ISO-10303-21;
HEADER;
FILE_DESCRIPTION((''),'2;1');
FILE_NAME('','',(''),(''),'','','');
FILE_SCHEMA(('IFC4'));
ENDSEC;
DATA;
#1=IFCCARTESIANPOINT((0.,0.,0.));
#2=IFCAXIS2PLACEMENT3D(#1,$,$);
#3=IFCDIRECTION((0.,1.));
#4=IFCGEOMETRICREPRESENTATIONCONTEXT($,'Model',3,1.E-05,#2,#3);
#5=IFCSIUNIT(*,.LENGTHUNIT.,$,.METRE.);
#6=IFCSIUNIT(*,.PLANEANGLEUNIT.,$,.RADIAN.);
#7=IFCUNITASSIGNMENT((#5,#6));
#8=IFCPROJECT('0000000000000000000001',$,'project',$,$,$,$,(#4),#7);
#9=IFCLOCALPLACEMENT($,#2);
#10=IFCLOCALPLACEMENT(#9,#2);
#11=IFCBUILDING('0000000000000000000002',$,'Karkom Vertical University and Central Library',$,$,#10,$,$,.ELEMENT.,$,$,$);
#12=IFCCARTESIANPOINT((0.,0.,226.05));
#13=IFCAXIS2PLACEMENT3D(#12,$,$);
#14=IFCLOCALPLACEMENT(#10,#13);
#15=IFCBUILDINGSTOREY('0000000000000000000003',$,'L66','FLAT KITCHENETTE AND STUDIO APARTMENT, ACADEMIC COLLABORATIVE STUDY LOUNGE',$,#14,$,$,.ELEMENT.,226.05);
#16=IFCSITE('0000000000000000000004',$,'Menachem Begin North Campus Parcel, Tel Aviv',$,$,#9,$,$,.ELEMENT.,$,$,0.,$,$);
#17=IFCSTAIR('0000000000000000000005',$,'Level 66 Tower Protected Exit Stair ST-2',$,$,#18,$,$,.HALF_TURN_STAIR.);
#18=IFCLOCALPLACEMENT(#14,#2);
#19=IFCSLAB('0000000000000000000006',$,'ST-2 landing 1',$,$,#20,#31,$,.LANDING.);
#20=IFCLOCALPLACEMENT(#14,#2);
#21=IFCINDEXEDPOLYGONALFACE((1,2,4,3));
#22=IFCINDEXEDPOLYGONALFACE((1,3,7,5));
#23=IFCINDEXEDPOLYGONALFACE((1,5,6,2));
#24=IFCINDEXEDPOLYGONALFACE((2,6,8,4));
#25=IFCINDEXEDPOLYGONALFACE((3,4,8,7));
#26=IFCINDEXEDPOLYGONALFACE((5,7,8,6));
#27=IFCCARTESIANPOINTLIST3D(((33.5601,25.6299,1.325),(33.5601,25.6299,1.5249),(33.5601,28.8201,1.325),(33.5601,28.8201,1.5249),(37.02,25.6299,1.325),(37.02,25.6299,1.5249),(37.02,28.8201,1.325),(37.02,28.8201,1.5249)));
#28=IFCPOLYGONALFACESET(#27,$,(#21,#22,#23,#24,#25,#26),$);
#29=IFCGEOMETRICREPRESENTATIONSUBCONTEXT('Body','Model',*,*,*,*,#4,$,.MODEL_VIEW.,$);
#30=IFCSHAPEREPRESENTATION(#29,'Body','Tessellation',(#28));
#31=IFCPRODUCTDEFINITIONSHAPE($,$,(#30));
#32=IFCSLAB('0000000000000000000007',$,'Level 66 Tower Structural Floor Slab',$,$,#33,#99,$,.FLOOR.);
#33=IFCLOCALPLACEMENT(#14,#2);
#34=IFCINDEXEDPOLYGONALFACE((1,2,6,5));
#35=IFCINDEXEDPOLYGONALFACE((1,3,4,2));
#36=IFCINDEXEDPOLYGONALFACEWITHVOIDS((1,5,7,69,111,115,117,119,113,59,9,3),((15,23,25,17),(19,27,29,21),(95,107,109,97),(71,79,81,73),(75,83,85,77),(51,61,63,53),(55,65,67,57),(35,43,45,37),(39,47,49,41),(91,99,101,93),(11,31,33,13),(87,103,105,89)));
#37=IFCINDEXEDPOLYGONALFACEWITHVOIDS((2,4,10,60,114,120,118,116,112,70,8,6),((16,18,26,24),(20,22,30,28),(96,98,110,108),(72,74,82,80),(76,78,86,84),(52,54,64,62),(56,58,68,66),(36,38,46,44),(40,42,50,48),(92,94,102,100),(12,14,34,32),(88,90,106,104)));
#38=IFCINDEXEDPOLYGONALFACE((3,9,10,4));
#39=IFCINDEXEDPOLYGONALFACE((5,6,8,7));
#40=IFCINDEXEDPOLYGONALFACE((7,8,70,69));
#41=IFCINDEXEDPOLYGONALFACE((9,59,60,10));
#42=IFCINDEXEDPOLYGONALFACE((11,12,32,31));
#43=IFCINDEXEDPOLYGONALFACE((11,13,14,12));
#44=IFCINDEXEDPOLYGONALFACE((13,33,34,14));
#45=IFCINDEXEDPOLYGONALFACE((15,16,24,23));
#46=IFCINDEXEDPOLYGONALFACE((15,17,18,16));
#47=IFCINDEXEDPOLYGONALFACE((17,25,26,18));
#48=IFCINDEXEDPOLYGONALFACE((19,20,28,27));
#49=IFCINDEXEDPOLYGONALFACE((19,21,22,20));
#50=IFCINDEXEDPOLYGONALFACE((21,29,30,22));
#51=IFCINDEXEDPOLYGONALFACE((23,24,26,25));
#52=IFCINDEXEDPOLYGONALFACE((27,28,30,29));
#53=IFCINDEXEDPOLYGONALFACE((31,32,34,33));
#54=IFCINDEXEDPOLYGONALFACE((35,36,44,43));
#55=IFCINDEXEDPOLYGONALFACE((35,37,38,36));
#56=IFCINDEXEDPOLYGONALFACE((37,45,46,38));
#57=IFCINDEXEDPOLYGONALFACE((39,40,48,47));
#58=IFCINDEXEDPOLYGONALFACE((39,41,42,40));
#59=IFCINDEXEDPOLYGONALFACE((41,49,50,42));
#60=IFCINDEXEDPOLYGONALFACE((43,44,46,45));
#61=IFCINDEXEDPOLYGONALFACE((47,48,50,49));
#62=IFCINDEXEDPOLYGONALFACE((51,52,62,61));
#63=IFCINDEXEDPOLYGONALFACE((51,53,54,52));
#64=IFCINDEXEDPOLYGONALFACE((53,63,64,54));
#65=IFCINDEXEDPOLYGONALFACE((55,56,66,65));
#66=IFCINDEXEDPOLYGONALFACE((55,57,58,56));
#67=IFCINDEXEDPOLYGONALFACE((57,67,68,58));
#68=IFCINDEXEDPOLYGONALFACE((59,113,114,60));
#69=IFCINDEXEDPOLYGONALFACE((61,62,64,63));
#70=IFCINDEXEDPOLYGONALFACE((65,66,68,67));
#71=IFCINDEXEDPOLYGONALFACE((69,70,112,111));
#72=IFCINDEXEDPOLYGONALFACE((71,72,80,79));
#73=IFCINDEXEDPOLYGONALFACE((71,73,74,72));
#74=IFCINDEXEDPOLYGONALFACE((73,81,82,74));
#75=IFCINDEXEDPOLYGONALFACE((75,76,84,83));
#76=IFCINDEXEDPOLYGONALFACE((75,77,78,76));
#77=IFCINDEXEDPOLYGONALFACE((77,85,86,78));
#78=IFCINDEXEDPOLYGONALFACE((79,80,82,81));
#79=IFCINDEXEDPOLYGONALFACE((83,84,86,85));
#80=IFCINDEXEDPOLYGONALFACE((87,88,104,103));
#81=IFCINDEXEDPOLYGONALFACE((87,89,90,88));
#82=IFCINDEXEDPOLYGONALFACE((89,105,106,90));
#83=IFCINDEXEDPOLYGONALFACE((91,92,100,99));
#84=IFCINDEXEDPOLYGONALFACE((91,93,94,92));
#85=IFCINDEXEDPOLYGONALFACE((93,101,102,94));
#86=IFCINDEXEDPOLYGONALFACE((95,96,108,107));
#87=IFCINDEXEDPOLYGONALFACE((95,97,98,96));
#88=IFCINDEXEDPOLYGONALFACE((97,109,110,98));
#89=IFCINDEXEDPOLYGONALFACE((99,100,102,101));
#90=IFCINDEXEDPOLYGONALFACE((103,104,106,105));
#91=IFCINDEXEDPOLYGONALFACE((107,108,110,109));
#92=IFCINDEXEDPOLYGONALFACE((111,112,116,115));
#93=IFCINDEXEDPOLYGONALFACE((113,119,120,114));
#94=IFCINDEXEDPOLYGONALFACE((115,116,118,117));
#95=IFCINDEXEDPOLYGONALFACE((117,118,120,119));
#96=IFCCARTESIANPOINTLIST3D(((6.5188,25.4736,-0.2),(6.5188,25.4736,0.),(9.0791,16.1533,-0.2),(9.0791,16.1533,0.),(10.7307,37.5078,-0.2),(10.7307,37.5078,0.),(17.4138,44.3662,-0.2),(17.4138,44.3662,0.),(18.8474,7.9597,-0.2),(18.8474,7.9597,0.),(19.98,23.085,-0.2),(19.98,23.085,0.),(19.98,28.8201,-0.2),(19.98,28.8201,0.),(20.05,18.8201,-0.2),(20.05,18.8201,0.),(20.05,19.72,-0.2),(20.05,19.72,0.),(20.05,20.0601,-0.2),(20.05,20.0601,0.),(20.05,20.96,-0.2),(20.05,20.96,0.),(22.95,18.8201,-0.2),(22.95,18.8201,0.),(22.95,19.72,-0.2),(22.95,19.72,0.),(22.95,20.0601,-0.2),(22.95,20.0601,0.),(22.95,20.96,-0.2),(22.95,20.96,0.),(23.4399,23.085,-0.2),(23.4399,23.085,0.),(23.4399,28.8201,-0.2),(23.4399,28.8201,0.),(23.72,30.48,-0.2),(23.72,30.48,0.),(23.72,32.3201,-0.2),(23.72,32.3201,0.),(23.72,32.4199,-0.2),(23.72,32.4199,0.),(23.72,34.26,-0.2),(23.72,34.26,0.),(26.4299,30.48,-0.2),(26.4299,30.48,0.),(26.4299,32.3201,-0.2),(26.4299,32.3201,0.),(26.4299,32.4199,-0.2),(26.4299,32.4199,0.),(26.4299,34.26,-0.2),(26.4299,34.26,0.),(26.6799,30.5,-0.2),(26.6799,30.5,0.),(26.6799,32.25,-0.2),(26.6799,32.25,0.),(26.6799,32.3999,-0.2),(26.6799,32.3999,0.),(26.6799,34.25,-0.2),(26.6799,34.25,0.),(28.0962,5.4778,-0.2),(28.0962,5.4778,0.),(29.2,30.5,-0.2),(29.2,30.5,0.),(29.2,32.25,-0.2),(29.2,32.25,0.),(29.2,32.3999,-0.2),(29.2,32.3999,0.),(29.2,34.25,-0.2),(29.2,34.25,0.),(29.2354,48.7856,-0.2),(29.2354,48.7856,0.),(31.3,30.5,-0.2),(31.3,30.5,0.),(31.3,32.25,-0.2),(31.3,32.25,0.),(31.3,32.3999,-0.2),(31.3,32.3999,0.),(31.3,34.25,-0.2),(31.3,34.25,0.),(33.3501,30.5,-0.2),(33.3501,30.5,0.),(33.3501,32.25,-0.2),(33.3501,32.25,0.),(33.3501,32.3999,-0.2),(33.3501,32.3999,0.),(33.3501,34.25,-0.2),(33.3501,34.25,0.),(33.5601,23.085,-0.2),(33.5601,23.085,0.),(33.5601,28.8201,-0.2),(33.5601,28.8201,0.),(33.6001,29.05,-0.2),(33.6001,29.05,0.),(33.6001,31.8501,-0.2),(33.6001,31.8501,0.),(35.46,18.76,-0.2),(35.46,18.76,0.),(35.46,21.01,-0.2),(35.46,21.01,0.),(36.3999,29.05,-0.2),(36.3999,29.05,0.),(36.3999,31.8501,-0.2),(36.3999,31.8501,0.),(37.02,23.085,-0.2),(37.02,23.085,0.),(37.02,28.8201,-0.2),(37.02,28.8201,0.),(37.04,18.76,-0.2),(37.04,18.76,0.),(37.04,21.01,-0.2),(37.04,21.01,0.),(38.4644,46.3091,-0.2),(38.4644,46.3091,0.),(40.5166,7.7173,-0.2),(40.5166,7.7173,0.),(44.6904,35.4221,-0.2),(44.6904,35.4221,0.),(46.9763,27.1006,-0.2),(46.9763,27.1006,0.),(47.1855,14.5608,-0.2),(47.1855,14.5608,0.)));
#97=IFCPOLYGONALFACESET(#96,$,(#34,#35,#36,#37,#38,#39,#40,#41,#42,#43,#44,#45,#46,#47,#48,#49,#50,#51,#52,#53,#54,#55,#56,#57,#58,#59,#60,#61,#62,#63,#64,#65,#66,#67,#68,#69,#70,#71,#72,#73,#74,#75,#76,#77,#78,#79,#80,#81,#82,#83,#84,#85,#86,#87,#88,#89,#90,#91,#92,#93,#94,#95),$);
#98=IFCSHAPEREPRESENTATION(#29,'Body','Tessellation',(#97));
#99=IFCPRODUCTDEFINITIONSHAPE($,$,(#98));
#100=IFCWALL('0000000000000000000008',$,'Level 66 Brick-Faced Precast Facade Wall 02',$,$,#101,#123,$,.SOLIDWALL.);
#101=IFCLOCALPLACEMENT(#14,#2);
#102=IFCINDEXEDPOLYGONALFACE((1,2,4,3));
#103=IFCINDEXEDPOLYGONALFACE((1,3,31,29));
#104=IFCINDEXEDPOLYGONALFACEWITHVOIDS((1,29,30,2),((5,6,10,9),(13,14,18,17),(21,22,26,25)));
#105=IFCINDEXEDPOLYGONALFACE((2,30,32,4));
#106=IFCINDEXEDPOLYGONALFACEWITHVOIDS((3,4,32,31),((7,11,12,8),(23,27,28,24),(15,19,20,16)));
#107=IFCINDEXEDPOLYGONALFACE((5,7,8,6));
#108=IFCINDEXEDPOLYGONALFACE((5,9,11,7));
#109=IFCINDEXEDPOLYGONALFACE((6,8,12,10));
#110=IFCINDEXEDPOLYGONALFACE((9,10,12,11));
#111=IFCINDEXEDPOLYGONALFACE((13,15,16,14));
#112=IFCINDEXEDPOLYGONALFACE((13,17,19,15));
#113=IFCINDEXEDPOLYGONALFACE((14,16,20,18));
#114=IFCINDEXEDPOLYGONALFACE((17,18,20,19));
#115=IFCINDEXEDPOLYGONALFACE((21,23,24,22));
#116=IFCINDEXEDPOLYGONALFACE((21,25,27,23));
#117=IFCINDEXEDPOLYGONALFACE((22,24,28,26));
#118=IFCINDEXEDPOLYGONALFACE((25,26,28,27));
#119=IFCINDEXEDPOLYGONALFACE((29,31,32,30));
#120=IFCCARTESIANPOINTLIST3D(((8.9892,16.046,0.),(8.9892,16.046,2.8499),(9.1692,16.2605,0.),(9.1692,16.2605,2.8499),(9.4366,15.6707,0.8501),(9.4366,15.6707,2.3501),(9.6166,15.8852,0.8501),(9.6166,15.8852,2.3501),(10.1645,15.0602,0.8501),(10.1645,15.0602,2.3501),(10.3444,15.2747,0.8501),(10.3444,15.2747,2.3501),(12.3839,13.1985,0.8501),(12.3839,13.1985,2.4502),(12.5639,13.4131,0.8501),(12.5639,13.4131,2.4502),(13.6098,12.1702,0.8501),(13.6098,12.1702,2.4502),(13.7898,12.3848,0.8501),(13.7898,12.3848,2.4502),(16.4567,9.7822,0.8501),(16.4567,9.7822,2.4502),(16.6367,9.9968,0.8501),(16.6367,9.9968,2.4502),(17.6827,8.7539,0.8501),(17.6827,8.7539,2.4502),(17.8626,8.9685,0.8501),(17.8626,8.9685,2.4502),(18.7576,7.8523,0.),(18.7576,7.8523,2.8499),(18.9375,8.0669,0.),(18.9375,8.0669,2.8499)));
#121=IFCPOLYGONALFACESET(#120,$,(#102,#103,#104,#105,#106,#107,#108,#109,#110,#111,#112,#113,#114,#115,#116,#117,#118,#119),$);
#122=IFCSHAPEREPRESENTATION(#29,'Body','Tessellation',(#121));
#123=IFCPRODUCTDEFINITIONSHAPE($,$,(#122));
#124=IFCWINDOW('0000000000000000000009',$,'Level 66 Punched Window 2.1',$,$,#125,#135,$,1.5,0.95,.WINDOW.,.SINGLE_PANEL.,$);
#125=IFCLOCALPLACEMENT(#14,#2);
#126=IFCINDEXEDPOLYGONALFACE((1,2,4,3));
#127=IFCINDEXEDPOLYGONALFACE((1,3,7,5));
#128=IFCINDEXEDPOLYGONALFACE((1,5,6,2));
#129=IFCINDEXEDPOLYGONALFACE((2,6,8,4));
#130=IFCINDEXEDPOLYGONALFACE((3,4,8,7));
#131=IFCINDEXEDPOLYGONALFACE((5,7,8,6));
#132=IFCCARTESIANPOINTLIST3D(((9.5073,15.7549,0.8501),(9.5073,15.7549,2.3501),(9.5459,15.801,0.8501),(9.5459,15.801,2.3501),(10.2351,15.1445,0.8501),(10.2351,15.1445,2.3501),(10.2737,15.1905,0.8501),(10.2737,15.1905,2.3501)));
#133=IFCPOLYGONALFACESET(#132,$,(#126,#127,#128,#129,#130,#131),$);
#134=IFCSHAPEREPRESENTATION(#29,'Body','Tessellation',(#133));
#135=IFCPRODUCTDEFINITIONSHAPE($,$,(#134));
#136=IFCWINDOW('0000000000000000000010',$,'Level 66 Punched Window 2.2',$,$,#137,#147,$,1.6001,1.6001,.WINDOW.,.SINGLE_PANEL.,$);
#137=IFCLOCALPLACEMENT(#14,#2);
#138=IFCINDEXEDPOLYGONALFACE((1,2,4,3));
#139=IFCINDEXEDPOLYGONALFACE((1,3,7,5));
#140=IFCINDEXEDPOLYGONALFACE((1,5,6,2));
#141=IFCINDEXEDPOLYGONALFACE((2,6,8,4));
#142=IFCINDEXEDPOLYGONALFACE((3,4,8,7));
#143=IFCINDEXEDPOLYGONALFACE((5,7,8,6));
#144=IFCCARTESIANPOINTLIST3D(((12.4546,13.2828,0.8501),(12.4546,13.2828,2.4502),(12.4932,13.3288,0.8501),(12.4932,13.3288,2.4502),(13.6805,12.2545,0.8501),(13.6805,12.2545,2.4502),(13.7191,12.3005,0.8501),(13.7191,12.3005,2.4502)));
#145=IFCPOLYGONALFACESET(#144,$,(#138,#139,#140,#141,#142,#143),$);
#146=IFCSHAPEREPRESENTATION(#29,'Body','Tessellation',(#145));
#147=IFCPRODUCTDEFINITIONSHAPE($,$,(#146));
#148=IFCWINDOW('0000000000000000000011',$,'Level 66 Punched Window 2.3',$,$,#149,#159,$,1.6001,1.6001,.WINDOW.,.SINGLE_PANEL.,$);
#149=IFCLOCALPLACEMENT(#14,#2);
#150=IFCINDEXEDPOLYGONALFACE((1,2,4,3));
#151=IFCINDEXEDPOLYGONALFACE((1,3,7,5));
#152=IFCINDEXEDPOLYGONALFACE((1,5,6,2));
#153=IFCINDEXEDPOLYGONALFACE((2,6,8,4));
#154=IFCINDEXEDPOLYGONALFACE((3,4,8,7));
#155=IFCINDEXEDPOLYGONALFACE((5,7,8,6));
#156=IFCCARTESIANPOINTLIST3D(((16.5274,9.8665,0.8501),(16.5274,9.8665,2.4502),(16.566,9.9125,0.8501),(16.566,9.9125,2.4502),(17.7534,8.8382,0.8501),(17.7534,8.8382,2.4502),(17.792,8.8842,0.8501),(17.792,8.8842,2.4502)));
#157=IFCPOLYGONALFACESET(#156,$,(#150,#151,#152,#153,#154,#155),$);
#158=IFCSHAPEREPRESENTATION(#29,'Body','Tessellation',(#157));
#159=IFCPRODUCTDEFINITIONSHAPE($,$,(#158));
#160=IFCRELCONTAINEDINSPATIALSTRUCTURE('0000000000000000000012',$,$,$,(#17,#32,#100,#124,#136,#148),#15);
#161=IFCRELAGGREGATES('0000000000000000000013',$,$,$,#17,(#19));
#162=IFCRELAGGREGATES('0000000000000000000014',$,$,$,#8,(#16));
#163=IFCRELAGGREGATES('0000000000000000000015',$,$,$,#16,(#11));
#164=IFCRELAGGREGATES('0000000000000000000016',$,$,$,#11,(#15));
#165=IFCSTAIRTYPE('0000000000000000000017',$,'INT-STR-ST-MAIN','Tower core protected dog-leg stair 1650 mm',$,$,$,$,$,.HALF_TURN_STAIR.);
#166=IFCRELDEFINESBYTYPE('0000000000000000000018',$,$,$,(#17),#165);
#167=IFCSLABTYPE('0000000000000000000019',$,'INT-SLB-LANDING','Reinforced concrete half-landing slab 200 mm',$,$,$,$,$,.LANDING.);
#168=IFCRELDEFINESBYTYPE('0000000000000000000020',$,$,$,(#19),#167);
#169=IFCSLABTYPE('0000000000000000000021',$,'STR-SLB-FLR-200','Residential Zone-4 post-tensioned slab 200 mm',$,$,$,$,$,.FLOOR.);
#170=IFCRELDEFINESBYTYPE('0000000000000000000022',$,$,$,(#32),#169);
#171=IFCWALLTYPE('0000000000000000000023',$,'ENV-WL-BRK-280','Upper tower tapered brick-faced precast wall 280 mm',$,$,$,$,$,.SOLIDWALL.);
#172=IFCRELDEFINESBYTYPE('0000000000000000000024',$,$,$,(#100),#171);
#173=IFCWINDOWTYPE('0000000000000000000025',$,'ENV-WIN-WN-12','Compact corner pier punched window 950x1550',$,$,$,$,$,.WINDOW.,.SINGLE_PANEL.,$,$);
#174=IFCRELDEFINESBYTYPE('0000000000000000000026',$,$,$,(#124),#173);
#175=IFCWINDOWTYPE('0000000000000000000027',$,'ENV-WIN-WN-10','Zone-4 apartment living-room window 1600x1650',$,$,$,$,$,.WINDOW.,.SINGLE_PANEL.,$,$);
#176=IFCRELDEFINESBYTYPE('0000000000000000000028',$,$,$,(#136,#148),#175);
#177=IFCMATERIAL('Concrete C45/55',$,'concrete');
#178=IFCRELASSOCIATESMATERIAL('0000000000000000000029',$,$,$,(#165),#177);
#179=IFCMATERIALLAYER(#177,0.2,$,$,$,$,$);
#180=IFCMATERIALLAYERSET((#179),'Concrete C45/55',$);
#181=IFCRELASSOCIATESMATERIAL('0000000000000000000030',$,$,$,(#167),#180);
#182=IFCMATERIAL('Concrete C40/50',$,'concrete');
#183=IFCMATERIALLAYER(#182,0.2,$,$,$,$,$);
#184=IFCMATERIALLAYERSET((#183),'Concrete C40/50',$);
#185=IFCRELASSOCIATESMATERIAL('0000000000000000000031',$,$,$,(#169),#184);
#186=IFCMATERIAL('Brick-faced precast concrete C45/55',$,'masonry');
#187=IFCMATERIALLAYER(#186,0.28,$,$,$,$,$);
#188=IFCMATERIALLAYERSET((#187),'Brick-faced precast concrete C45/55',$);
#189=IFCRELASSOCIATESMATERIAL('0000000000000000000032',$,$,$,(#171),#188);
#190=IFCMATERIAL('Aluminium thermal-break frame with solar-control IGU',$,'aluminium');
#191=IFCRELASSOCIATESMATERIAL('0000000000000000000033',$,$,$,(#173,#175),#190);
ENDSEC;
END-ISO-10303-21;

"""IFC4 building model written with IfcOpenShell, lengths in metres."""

from ifc_helpers import new_model, si_unit, direction, frame, frame_2d, origin, origin_with_axes, place, context, subcontext, project, spatial, polyline, rectangle, outline, extrude, source, transform, mapped, material, layer, layer_set, type_object, element, fill, aggregate, save


model = new_model("IFC4")

# Units and contexts
model_context = context("Model", 3, precision=1e-05, world=origin(), true_north=direction((0.0, 1.0)))
body_context = subcontext(model_context, "Body", "Model", "MODEL_VIEW")
ifc_project = project(units=[si_unit("LENGTHUNIT", "METRE"), si_unit("PLANEANGLEUNIT", "RADIAN")], contexts=[model_context])

# Site, building, storey
site_placement = place(None, origin())
site = spatial("IfcSite", under=ifc_project, at=site_placement, Name="Menachem Begin North Campus Parcel, Tel Aviv", CompositionType="ELEMENT", RefElevation=0.0)
building_placement = place(site_placement, origin())
building = spatial("IfcBuilding", under=site, at=building_placement, Name="Karkom Vertical University and Central Library", CompositionType="ELEMENT")
storey_placement = place(building_placement, frame((0.0, 0.0, 226.05)))
storey = spatial("IfcBuildingStorey", under=building, at=storey_placement, Name="L66", Description="FLAT KITCHENETTE AND STUDIO APARTMENT, ACADEMIC COLLABORATIVE STUDY LOUNGE", CompositionType="ELEMENT", Elevation=226.05)

# Shared definitions
ifc_material_1 = material(Name="Concrete C45/55", Category="concrete")

# Stair, slab
stair_type = type_object("IfcStairType", Name="INT-STR-ST-MAIN", Description="Tower core protected dog-leg stair 1650 mm", PredefinedType="HALF_TURN_STAIR", material=ifc_material_1)
ifc_layer_1 = layer(ifc_material_1, 0.2)
ifc_layer_set_1 = layer_set([ifc_layer_1], Name="Concrete C45/55")
slab_type_1 = type_object("IfcSlabType", Name="INT-SLB-LANDING", Description="Reinforced concrete half-landing slab 200 mm", PredefinedType="LANDING", material=ifc_layer_set_1)
stair_1_placement = place(storey_placement, origin())
stair_1 = element("IfcStair", 1, at=stair_1_placement, inside=storey, type_object=stair_type, Name="Level 66 Tower Protected Exit Stair ST-2", PredefinedType="HALF_TURN_STAIR")
slab_1_placement = place(storey_placement, frame((0.0, 0.0, 1.325)))
slab_1 = element("IfcSlab", 2, at=slab_1_placement, type_object=slab_type_1, Name="ST-2 landing 1", PredefinedType="LANDING", context=body_context, shape_type="SweptSolid", body=[
    extrude(outline(polyline([(37.02, 25.6299), (37.02, 28.8201), (33.5601, 28.8201), (33.5601, 25.6299), (37.02, 25.6299)])), origin(), (0.0, 0.0, 1.0), 0.2),
])
aggregate(stair_1, [slab_1])

# Slab
ifc_material_2 = material(Name="Concrete C40/50", Category="concrete")
ifc_layer_2 = layer(ifc_material_2, 0.2)
ifc_layer_set_2 = layer_set([ifc_layer_2], Name="Concrete C40/50")
slab_type_2 = type_object("IfcSlabType", Name="STR-SLB-FLR-200", Description="Residential Zone-4 post-tensioned slab 200 mm", PredefinedType="FLOOR", material=ifc_layer_set_2)
slab_2_placement = place(storey_placement, frame((0.0, 0.0, -0.2)))
element("IfcSlab", 3, at=slab_2_placement, inside=storey, type_object=slab_type_2, Name="Level 66 Tower Structural Floor Slab", PredefinedType="FLOOR", context=body_context, shape_type="SweptSolid", body=[
    extrude(outline(polyline([(6.5188, 25.4736), (9.0791, 16.1533), (18.8474, 7.9597), (28.0962, 5.4778), (40.5166, 7.7173), (47.1855, 14.5608), (46.9763, 27.1006), (44.6904, 35.4221), (38.4644, 46.3091), (29.2354, 48.7856), (17.4138, 44.3662), (10.7307, 37.5078), (6.5188, 25.4736)]), holes=[polyline([(19.98, 23.085), (23.4399, 23.085), (23.4399, 28.8201), (19.98, 28.8201), (19.98, 23.085)]), polyline([(33.5601, 23.085), (37.02, 23.085), (37.02, 28.8201), (33.5601, 28.8201), (33.5601, 23.085)]), polyline([(26.6799, 30.5), (29.2, 30.5), (29.2, 32.25), (26.6799, 32.25), (26.6799, 30.5)]), polyline([(26.6799, 32.3999), (29.2, 32.3999), (29.2, 34.25), (26.6799, 34.25), (26.6799, 32.3999)]), polyline([(31.3, 30.5), (33.3501, 30.5), (33.3501, 32.25), (31.3, 32.25), (31.3, 30.5)]), polyline([(31.3, 32.3999), (33.3501, 32.3999), (33.3501, 34.25), (31.3, 34.25), (31.3, 32.3999)]), polyline([(23.72, 30.48), (26.4299, 30.48), (26.4299, 32.3201), (23.72, 32.3201), (23.72, 30.48)]), polyline([(23.72, 32.4199), (26.4299, 32.4199), (26.4299, 34.26), (23.72, 34.26), (23.72, 32.4199)]), polyline([(33.6001, 29.05), (36.3999, 29.05), (36.3999, 31.8501), (33.6001, 31.8501), (33.6001, 29.05)]), polyline([(20.05, 18.8201), (22.95, 18.8201), (22.95, 19.72), (20.05, 19.72), (20.05, 18.8201)]), polyline([(20.05, 20.0601), (22.95, 20.0601), (22.95, 20.96), (20.05, 20.96), (20.05, 20.0601)]), polyline([(35.46, 18.76), (37.04, 18.76), (37.04, 21.01), (35.46, 21.01), (35.46, 18.76)])]), origin(), (0.0, 0.0, 1.0), 0.2),
])

# Wall, openings, windows
ifc_material_3 = material(Name="Brick-faced precast concrete C45/55", Category="masonry")
ifc_layer_3 = layer(ifc_material_3, 0.28)
ifc_layer_set_3 = layer_set([ifc_layer_3], Name="Brick-faced precast concrete C45/55")
wall_type_1 = type_object("IfcWallType", Name="ENV-WL-BRK-280", Description="Upper tower tapered brick-faced precast wall 280 mm", PredefinedType="SOLIDWALL", material=ifc_layer_set_3)
wall_1_placement = place(storey_placement, frame((9.0791, 16.1533, 0.0), z_axis=(0.0, 0.0, 1.0), x_axis=(0.76616, -0.64265, 0.0)))
wall_1 = element("IfcWall", 4, at=wall_1_placement, inside=storey, type_object=wall_type_1, Name="Level 66 Brick-Faced Precast Facade Wall 02", PredefinedType="SOLIDWALL", context=body_context, shape_type="SweptSolid", body=[
    extrude(rectangle(XDim=12.7498, YDim=0.28, at=frame_2d((6.375, 0.0))), origin(), (0.0, 0.0, 1.0), 2.8499),
])
opening_1_placement = place(wall_1_placement, frame((0.584, 0.0, 0.8501)))
opening_1 = element("IfcOpeningElement", 5, at=opening_1_placement, cuts=wall_1, PredefinedType="OPENING", context=body_context, shape_type="SweptSolid", body=[
    extrude(rectangle(XDim=0.95, YDim=1.5, at=frame_2d((0.4751, 0.75))), frame((0.0, 0.1499, 0.0), z_axis=(0.0, -1.0, 0.0), x_axis=(1.0, 0.0, 0.0)), (0.0, 0.0, 1.0), 0.3),
])
opening_2_placement = place(wall_1_placement, frame((4.4309, 0.0, 0.8501)))
opening_2 = element("IfcOpeningElement", 6, at=opening_2_placement, cuts=wall_1, PredefinedType="OPENING", context=body_context, shape_type="SweptSolid", body=[
    extrude(rectangle(XDim=1.6001, YDim=1.6001, at=frame_2d((0.8, 0.8))), frame((0.0, 0.1499, 0.0), z_axis=(0.0, -1.0, 0.0), x_axis=(1.0, 0.0, 0.0)), (0.0, 0.0, 1.0), 0.3),
])
opening_3_placement = place(wall_1_placement, frame((9.7468, 0.0, 0.8501)))
opening_3 = element("IfcOpeningElement", 7, at=opening_3_placement, cuts=wall_1, PredefinedType="OPENING", context=body_context, shape_type="SweptSolid", body=[
    extrude(rectangle(XDim=1.6001, YDim=1.6001, at=frame_2d((0.8, 0.8))), frame((0.0, 0.1499, 0.0), z_axis=(0.0, -1.0, 0.0), x_axis=(1.0, 0.0, 0.0)), (0.0, 0.0, 1.0), 0.3),
])
ifc_material_4 = material(Name="Aluminium thermal-break frame with solar-control IGU", Category="aluminium")
window_type_1 = type_object("IfcWindowType", Name="ENV-WIN-WN-12", Description="Compact corner pier punched window 950x1550", PartitioningType="SINGLE_PANEL", PredefinedType="WINDOW", material=ifc_material_4)
shared_shape_1 = source(origin_with_axes(), body_context, "Body", "SweptSolid", [
    extrude(rectangle(XDim=0.95, YDim=1.5, at=frame_2d((0.4751, 0.75))), frame((0.0, 0.03, 0.0), z_axis=(0.0, -1.0, 0.0), x_axis=(1.0, 0.0, 0.0)), (0.0, 0.0, 1.0), 0.0601),
])
window_1_placement = place(opening_1_placement, origin())
window_1 = element("IfcWindow", 8, at=window_1_placement, inside=storey, type_object=window_type_1, Name="Level 66 Punched Window 2.1", OverallHeight=1.5, OverallWidth=0.95, PartitioningType="SINGLE_PANEL", PredefinedType="WINDOW", context=body_context, shape_type="MappedRepresentation", body=[
    mapped(shared_shape_1, transform((0.0, 0.0, 0.0), scale=1.0)),
])
fill(opening_1, window_1)
window_type_2 = type_object("IfcWindowType", Name="ENV-WIN-WN-10", Description="Zone-4 apartment living-room window 1600x1650", PartitioningType="SINGLE_PANEL", PredefinedType="WINDOW", material=ifc_material_4)
shared_shape_2 = source(origin_with_axes(), body_context, "Body", "SweptSolid", [
    extrude(rectangle(XDim=1.6001, YDim=1.6001, at=frame_2d((0.8, 0.8))), frame((0.0, 0.03, 0.0), z_axis=(0.0, -1.0, 0.0), x_axis=(1.0, 0.0, 0.0)), (0.0, 0.0, 1.0), 0.0601),
])
window_2_placement = place(opening_2_placement, origin())
window_2 = element("IfcWindow", 9, at=window_2_placement, inside=storey, type_object=window_type_2, Name="Level 66 Punched Window 2.2", OverallHeight=1.6001, OverallWidth=1.6001, PartitioningType="SINGLE_PANEL", PredefinedType="WINDOW", context=body_context, shape_type="MappedRepresentation", body=[
    mapped(shared_shape_2, transform((0.0, 0.0, 0.0), scale=1.0)),
])
fill(opening_2, window_2)
window_3_placement = place(opening_3_placement, origin())
window_3 = element("IfcWindow", 10, at=window_3_placement, inside=storey, type_object=window_type_2, Name="Level 66 Punched Window 2.3", OverallHeight=1.6001, OverallWidth=1.6001, PartitioningType="SINGLE_PANEL", PredefinedType="WINDOW", context=body_context, shape_type="MappedRepresentation", body=[
    mapped(shared_shape_2, transform((0.0, 0.0, 0.0), scale=1.0)),
])
fill(opening_3, window_3)

save(model, "model.ifc")
